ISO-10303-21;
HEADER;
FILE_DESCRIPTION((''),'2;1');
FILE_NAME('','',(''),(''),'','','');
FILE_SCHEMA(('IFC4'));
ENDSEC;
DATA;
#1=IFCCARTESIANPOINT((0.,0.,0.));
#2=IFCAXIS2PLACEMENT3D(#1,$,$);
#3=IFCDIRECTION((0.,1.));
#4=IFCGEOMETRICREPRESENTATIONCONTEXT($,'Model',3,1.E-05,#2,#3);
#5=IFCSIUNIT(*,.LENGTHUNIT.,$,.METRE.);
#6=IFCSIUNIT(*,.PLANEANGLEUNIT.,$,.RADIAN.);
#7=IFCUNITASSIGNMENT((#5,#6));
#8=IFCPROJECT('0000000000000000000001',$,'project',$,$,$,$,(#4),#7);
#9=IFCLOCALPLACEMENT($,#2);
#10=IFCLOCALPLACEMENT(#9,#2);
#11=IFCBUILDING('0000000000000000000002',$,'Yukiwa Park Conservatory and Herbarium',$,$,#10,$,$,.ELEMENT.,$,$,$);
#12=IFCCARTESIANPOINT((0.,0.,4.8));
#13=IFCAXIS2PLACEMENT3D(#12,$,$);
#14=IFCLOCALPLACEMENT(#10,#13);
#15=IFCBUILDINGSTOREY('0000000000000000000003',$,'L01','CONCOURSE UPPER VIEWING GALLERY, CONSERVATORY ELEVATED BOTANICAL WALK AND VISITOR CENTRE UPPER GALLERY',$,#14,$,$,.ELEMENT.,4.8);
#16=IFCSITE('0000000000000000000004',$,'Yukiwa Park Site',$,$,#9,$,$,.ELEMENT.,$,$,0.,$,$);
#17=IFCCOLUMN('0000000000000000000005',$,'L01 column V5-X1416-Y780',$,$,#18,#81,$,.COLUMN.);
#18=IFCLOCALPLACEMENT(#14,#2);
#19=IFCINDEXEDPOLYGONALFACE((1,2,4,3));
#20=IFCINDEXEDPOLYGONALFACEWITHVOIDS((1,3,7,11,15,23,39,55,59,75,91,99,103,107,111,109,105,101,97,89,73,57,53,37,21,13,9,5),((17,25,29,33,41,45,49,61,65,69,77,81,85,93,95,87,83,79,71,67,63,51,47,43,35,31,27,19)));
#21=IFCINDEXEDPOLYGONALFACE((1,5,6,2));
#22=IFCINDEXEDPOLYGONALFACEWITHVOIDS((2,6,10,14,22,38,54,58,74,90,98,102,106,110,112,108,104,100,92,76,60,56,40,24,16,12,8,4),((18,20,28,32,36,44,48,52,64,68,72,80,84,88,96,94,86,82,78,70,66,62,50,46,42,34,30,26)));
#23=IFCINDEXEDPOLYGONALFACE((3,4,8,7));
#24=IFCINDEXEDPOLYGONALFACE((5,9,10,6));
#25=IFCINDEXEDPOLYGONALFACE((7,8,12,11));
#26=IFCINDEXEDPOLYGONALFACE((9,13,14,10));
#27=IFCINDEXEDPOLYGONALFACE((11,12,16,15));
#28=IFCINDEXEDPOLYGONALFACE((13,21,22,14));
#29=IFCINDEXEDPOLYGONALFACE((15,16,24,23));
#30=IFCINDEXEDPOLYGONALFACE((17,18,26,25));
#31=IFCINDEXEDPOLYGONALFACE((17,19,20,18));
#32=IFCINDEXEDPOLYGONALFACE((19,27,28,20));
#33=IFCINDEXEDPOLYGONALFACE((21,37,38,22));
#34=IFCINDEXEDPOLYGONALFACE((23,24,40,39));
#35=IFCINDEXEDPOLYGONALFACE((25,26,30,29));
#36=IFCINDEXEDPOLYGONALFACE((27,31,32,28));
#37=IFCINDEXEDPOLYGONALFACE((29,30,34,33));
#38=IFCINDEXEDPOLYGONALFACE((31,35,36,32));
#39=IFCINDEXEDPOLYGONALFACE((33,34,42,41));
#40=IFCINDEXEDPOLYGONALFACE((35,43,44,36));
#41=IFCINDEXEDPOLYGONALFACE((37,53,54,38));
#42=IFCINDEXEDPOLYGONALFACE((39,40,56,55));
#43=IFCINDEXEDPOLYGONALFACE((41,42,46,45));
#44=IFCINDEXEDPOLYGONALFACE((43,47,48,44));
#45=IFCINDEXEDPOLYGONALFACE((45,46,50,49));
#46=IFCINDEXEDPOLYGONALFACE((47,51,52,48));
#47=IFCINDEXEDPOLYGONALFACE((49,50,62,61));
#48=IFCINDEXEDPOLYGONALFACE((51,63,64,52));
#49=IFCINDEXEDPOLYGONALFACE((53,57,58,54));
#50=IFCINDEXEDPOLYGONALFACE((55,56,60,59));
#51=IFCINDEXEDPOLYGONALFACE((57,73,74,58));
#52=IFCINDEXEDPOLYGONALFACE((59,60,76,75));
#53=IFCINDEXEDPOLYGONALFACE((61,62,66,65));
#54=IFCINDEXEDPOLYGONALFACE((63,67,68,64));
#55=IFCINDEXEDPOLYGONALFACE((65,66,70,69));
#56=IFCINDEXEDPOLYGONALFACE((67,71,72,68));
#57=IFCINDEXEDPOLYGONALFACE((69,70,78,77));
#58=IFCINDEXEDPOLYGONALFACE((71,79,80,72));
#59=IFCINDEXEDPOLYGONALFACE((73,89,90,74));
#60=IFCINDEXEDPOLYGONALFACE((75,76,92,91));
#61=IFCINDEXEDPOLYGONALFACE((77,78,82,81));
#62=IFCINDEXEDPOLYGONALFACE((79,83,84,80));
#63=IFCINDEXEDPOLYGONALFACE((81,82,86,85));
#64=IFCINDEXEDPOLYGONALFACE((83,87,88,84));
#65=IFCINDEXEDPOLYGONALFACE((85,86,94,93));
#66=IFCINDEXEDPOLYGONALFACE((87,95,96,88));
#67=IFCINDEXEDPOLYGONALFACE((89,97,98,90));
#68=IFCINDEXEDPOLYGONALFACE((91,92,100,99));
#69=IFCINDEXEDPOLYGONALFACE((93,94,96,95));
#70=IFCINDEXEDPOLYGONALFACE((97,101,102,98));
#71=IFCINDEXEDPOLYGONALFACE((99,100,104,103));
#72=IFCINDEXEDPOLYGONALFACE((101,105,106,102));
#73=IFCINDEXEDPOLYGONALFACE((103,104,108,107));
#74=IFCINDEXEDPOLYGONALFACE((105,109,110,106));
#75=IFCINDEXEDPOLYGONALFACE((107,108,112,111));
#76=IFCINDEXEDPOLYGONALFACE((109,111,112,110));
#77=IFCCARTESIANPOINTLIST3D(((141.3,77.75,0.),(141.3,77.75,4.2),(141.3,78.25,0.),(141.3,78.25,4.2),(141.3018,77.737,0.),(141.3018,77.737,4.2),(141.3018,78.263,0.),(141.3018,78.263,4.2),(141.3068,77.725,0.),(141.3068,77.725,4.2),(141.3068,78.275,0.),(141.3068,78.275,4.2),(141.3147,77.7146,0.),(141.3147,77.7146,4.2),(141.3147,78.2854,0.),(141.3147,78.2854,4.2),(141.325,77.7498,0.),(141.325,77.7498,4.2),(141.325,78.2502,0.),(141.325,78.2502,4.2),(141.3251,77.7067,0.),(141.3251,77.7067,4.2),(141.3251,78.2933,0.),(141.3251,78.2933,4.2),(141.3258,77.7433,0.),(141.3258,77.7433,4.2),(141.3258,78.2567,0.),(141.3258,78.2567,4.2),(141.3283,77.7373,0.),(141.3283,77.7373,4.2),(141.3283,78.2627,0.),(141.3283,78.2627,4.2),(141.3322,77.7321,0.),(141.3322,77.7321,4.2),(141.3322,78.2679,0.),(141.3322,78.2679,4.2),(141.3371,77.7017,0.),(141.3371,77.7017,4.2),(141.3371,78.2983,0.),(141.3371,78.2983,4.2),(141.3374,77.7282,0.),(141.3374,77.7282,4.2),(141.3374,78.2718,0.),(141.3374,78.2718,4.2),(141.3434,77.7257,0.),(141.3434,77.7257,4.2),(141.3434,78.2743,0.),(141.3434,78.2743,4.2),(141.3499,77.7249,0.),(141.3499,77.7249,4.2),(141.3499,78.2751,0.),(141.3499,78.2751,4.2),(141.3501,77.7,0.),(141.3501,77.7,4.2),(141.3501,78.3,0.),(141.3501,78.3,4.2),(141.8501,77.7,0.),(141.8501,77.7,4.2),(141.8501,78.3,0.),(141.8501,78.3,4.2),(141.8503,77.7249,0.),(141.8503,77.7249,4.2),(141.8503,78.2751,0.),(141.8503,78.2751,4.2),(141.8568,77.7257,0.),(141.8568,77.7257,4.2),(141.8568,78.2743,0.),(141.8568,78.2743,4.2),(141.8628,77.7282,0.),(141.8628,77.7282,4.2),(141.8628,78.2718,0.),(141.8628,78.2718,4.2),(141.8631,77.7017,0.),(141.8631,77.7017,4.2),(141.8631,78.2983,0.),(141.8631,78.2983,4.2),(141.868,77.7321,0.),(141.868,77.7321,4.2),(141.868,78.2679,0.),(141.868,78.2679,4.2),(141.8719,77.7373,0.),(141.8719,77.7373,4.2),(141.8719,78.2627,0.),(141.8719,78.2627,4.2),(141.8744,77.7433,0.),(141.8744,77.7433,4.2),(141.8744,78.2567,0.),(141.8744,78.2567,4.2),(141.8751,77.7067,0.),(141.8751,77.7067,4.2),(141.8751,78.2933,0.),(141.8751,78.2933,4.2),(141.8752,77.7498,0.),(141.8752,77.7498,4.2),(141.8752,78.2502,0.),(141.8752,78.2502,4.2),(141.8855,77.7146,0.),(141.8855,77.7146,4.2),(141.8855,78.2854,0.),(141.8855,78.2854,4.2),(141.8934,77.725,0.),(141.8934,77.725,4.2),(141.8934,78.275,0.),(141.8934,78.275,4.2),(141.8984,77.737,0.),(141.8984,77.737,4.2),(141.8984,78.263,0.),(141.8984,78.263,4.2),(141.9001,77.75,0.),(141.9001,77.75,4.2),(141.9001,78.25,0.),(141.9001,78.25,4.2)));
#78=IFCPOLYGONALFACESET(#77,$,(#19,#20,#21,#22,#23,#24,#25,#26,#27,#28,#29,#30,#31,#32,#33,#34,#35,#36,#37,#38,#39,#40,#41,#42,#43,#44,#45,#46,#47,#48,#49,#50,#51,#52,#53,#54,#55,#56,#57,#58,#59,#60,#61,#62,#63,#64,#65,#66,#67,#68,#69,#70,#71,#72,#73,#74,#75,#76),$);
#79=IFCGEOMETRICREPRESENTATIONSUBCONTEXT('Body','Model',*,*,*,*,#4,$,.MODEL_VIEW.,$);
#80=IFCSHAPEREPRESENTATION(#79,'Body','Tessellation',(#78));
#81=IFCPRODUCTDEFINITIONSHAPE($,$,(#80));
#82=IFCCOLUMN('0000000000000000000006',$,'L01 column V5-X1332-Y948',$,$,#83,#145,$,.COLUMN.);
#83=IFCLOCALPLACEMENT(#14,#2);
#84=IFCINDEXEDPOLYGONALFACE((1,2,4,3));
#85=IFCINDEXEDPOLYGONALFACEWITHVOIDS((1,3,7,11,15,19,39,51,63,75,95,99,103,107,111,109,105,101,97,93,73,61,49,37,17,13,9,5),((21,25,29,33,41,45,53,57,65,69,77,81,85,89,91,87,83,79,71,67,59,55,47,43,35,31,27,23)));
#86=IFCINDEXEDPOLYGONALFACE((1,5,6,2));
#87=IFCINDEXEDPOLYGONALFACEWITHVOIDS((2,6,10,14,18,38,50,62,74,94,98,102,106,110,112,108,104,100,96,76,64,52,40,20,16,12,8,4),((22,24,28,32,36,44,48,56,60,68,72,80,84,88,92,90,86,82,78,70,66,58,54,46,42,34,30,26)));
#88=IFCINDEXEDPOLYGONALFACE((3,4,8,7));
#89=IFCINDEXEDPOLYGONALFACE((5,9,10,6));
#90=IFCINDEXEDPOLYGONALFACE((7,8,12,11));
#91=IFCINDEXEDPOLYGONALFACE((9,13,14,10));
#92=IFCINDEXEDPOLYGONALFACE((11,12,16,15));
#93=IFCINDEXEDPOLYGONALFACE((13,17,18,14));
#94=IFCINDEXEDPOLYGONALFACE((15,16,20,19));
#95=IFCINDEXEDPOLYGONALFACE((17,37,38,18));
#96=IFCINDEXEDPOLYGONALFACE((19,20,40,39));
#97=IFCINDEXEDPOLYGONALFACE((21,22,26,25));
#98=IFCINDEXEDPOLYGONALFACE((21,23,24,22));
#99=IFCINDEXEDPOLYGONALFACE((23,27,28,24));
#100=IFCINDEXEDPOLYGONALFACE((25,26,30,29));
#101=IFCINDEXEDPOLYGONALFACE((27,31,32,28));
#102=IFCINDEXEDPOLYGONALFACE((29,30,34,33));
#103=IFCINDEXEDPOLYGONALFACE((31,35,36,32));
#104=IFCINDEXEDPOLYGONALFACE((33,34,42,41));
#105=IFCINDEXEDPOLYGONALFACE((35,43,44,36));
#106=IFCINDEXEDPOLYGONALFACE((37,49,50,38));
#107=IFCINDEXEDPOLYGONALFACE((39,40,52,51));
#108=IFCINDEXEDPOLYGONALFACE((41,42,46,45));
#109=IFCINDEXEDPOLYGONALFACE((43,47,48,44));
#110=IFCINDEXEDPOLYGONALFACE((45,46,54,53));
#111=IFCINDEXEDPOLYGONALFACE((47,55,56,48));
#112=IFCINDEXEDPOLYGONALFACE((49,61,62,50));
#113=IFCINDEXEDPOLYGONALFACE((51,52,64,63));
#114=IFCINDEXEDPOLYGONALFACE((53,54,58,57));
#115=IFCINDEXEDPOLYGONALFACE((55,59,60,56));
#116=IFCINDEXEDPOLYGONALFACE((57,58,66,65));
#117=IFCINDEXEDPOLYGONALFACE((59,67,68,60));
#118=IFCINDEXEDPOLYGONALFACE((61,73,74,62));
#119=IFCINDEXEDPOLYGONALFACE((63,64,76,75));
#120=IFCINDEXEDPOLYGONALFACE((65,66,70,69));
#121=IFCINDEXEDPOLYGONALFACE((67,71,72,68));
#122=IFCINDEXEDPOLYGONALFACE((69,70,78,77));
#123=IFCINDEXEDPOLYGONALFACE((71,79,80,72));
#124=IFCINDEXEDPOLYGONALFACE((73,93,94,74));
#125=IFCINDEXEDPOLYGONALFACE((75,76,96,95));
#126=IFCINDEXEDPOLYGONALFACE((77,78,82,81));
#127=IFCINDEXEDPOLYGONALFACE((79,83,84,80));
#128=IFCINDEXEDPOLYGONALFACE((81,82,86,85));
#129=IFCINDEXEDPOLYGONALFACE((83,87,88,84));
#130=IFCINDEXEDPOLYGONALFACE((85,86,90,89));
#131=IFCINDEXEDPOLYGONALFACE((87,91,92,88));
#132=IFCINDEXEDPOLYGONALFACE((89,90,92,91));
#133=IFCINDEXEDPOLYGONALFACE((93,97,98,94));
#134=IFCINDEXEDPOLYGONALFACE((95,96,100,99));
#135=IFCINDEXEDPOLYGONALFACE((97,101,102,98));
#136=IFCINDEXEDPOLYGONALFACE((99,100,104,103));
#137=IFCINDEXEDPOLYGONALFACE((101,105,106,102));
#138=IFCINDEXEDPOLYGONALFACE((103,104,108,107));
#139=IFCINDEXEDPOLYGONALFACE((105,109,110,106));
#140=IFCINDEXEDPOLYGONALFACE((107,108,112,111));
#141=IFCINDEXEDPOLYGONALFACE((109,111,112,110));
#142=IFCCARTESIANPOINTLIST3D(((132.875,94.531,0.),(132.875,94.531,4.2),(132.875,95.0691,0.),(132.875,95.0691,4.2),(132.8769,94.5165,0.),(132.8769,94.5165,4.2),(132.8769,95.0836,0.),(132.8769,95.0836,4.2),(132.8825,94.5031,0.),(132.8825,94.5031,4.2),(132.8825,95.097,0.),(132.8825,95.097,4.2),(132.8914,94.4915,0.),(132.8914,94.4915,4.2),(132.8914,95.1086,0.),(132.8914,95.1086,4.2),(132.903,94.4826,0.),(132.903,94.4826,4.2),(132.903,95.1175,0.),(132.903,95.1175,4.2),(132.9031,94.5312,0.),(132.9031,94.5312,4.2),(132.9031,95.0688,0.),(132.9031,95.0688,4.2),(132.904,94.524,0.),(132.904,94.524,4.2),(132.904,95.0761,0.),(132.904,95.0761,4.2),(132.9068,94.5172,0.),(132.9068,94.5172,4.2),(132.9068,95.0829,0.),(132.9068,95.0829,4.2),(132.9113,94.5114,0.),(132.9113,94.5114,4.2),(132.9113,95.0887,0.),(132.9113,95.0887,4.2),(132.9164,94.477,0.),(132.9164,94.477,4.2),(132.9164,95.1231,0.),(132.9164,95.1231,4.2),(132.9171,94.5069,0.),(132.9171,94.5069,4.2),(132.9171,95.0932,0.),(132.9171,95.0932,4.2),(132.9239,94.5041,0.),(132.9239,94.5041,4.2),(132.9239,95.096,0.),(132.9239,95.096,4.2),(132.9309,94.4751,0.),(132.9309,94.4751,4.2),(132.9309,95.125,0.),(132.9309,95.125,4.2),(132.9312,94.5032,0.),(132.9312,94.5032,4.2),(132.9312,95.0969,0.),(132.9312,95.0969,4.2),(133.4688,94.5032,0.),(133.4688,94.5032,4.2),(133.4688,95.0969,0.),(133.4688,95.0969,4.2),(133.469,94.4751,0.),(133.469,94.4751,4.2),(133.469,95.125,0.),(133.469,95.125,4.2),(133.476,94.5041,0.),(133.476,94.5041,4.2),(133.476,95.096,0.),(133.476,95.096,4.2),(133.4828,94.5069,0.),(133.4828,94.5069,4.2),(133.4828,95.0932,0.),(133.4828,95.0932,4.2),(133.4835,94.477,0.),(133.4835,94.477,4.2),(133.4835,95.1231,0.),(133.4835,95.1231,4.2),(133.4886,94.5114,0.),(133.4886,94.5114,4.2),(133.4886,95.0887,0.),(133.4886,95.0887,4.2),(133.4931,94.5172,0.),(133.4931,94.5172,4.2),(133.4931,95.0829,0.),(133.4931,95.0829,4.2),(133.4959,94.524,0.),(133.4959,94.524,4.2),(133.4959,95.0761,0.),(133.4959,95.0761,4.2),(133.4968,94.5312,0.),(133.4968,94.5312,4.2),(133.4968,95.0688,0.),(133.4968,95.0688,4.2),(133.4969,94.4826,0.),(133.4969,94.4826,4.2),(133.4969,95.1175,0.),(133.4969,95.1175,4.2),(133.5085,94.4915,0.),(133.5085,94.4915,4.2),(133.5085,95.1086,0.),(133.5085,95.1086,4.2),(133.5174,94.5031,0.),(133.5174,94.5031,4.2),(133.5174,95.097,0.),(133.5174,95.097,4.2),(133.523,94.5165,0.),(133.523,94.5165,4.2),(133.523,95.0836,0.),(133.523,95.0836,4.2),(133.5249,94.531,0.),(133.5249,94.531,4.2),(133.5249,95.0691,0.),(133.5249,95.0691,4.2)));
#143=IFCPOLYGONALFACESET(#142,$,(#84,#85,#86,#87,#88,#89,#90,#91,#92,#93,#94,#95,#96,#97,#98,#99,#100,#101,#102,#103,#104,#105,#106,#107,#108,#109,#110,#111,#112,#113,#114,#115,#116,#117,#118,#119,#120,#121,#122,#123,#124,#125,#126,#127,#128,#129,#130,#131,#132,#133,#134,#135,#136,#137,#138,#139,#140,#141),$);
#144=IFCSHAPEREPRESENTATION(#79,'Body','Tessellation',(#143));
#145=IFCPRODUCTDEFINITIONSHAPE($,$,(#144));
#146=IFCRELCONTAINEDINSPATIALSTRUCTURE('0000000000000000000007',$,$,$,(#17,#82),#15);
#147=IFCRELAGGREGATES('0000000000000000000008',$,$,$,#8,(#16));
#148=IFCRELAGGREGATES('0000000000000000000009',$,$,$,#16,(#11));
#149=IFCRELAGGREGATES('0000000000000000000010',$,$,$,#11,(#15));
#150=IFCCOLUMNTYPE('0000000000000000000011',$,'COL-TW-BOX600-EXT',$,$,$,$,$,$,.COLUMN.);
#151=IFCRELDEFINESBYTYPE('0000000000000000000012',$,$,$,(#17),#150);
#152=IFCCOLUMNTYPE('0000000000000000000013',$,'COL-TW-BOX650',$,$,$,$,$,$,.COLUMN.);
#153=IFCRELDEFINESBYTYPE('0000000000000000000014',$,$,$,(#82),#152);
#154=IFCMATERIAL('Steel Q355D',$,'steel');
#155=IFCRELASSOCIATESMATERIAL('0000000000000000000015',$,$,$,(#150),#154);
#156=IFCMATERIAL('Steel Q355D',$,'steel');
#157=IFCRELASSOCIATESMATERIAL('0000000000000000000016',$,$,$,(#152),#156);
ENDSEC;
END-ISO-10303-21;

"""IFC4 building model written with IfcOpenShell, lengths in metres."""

from ifc_helpers import new_model, si_unit, direction, frame, origin, origin_2d, place, context, subcontext, project, spatial, hollow_rectangle, extrude, material, material_profile, profile_set, type_object, element, save


model = new_model("IFC4")

# Units and contexts
model_context = context("Model", 3, precision=1e-05, world=origin(), true_north=direction((0.0, 1.0)))
body_context = subcontext(model_context, "Body", "Model", "MODEL_VIEW")
ifc_project = project(units=[si_unit("LENGTHUNIT", "METRE"), si_unit("PLANEANGLEUNIT", "RADIAN")], contexts=[model_context])

# Site, building, storey
site_placement = place(None, origin())
site = spatial("IfcSite", under=ifc_project, at=site_placement, Name="Yukiwa Park Site", CompositionType="ELEMENT", RefElevation=0.0)
building_placement = place(site_placement, origin())
building = spatial("IfcBuilding", under=site, at=building_placement, Name="Yukiwa Park Conservatory and Herbarium", CompositionType="ELEMENT")
storey_placement = place(building_placement, frame((0.0, 0.0, 4.8)))
storey = spatial("IfcBuildingStorey", under=building, at=storey_placement, Name="L01", Description="CONCOURSE UPPER VIEWING GALLERY, CONSERVATORY ELEVATED BOTANICAL WALK AND VISITOR CENTRE UPPER GALLERY", CompositionType="ELEMENT", Elevation=4.8)

# Columns
ifc_material_1 = material(Name="Steel Q355D", Category="steel")
ifc_material_profile_1 = material_profile(ifc_material_1, hollow_rectangle(XDim=0.6001, YDim=0.6001, WallThickness=0.0249, InnerFilletRadius=0.0249, OuterFilletRadius=0.05, at=origin_2d()), Name="BOX 600x600x25")
ifc_profile_set_1 = profile_set([ifc_material_profile_1], Name="Steel Q355D")
column_type_1 = type_object("IfcColumnType", Name="COL-TW-BOX600-EXT", PredefinedType="COLUMN", material=ifc_profile_set_1)
column_1_placement = place(storey_placement, frame((141.6001, 78.0, 0.0), z_axis=(0.0, 0.0, 1.0), x_axis=(1.0, 0.0, 0.0)))
element("IfcColumn", 1, at=column_1_placement, inside=storey, type_object=column_type_1, Name="L01 column V5-X1416-Y780", PredefinedType="COLUMN", context=body_context, shape_type="SweptSolid", body=[
    extrude(hollow_rectangle(XDim=0.6001, YDim=0.6001, WallThickness=0.0249, InnerFilletRadius=0.0249, OuterFilletRadius=0.05, at=origin_2d()), origin(), (0.0, 0.0, 1.0), 4.2),
])
ifc_material_2 = material(Name="Steel Q355D", Category="steel")
ifc_material_profile_2 = material_profile(ifc_material_2, hollow_rectangle(XDim=0.6499, YDim=0.6499, WallThickness=0.0281, InnerFilletRadius=0.0281, OuterFilletRadius=0.0559, at=origin_2d()), Name="BOX 650x650x28")
ifc_profile_set_2 = profile_set([ifc_material_profile_2], Name="Steel Q355D")
column_type_2 = type_object("IfcColumnType", Name="COL-TW-BOX650", PredefinedType="COLUMN", material=ifc_profile_set_2)
for number, where, z_axis, x_axis, name in (
    (2, (133.2, 94.8, 0.0), (0.0, 0.0, 1.0), (1.0, 0.0, 0.0), "L01 column V5-X1332-Y948"),
):
    element("IfcColumn", number, at=place(storey_placement, frame(where, z_axis=z_axis, x_axis=x_axis)), inside=storey, type_object=column_type_2, Name=name, PredefinedType="COLUMN", context=body_context, shape_type="SweptSolid", body=[
        extrude(hollow_rectangle(XDim=0.6499, YDim=0.6499, WallThickness=0.0281, InnerFilletRadius=0.0281, OuterFilletRadius=0.0559, at=origin_2d()), origin(), (0.0, 0.0, 1.0), 4.2),
    ])

save(model, "model.ifc")
